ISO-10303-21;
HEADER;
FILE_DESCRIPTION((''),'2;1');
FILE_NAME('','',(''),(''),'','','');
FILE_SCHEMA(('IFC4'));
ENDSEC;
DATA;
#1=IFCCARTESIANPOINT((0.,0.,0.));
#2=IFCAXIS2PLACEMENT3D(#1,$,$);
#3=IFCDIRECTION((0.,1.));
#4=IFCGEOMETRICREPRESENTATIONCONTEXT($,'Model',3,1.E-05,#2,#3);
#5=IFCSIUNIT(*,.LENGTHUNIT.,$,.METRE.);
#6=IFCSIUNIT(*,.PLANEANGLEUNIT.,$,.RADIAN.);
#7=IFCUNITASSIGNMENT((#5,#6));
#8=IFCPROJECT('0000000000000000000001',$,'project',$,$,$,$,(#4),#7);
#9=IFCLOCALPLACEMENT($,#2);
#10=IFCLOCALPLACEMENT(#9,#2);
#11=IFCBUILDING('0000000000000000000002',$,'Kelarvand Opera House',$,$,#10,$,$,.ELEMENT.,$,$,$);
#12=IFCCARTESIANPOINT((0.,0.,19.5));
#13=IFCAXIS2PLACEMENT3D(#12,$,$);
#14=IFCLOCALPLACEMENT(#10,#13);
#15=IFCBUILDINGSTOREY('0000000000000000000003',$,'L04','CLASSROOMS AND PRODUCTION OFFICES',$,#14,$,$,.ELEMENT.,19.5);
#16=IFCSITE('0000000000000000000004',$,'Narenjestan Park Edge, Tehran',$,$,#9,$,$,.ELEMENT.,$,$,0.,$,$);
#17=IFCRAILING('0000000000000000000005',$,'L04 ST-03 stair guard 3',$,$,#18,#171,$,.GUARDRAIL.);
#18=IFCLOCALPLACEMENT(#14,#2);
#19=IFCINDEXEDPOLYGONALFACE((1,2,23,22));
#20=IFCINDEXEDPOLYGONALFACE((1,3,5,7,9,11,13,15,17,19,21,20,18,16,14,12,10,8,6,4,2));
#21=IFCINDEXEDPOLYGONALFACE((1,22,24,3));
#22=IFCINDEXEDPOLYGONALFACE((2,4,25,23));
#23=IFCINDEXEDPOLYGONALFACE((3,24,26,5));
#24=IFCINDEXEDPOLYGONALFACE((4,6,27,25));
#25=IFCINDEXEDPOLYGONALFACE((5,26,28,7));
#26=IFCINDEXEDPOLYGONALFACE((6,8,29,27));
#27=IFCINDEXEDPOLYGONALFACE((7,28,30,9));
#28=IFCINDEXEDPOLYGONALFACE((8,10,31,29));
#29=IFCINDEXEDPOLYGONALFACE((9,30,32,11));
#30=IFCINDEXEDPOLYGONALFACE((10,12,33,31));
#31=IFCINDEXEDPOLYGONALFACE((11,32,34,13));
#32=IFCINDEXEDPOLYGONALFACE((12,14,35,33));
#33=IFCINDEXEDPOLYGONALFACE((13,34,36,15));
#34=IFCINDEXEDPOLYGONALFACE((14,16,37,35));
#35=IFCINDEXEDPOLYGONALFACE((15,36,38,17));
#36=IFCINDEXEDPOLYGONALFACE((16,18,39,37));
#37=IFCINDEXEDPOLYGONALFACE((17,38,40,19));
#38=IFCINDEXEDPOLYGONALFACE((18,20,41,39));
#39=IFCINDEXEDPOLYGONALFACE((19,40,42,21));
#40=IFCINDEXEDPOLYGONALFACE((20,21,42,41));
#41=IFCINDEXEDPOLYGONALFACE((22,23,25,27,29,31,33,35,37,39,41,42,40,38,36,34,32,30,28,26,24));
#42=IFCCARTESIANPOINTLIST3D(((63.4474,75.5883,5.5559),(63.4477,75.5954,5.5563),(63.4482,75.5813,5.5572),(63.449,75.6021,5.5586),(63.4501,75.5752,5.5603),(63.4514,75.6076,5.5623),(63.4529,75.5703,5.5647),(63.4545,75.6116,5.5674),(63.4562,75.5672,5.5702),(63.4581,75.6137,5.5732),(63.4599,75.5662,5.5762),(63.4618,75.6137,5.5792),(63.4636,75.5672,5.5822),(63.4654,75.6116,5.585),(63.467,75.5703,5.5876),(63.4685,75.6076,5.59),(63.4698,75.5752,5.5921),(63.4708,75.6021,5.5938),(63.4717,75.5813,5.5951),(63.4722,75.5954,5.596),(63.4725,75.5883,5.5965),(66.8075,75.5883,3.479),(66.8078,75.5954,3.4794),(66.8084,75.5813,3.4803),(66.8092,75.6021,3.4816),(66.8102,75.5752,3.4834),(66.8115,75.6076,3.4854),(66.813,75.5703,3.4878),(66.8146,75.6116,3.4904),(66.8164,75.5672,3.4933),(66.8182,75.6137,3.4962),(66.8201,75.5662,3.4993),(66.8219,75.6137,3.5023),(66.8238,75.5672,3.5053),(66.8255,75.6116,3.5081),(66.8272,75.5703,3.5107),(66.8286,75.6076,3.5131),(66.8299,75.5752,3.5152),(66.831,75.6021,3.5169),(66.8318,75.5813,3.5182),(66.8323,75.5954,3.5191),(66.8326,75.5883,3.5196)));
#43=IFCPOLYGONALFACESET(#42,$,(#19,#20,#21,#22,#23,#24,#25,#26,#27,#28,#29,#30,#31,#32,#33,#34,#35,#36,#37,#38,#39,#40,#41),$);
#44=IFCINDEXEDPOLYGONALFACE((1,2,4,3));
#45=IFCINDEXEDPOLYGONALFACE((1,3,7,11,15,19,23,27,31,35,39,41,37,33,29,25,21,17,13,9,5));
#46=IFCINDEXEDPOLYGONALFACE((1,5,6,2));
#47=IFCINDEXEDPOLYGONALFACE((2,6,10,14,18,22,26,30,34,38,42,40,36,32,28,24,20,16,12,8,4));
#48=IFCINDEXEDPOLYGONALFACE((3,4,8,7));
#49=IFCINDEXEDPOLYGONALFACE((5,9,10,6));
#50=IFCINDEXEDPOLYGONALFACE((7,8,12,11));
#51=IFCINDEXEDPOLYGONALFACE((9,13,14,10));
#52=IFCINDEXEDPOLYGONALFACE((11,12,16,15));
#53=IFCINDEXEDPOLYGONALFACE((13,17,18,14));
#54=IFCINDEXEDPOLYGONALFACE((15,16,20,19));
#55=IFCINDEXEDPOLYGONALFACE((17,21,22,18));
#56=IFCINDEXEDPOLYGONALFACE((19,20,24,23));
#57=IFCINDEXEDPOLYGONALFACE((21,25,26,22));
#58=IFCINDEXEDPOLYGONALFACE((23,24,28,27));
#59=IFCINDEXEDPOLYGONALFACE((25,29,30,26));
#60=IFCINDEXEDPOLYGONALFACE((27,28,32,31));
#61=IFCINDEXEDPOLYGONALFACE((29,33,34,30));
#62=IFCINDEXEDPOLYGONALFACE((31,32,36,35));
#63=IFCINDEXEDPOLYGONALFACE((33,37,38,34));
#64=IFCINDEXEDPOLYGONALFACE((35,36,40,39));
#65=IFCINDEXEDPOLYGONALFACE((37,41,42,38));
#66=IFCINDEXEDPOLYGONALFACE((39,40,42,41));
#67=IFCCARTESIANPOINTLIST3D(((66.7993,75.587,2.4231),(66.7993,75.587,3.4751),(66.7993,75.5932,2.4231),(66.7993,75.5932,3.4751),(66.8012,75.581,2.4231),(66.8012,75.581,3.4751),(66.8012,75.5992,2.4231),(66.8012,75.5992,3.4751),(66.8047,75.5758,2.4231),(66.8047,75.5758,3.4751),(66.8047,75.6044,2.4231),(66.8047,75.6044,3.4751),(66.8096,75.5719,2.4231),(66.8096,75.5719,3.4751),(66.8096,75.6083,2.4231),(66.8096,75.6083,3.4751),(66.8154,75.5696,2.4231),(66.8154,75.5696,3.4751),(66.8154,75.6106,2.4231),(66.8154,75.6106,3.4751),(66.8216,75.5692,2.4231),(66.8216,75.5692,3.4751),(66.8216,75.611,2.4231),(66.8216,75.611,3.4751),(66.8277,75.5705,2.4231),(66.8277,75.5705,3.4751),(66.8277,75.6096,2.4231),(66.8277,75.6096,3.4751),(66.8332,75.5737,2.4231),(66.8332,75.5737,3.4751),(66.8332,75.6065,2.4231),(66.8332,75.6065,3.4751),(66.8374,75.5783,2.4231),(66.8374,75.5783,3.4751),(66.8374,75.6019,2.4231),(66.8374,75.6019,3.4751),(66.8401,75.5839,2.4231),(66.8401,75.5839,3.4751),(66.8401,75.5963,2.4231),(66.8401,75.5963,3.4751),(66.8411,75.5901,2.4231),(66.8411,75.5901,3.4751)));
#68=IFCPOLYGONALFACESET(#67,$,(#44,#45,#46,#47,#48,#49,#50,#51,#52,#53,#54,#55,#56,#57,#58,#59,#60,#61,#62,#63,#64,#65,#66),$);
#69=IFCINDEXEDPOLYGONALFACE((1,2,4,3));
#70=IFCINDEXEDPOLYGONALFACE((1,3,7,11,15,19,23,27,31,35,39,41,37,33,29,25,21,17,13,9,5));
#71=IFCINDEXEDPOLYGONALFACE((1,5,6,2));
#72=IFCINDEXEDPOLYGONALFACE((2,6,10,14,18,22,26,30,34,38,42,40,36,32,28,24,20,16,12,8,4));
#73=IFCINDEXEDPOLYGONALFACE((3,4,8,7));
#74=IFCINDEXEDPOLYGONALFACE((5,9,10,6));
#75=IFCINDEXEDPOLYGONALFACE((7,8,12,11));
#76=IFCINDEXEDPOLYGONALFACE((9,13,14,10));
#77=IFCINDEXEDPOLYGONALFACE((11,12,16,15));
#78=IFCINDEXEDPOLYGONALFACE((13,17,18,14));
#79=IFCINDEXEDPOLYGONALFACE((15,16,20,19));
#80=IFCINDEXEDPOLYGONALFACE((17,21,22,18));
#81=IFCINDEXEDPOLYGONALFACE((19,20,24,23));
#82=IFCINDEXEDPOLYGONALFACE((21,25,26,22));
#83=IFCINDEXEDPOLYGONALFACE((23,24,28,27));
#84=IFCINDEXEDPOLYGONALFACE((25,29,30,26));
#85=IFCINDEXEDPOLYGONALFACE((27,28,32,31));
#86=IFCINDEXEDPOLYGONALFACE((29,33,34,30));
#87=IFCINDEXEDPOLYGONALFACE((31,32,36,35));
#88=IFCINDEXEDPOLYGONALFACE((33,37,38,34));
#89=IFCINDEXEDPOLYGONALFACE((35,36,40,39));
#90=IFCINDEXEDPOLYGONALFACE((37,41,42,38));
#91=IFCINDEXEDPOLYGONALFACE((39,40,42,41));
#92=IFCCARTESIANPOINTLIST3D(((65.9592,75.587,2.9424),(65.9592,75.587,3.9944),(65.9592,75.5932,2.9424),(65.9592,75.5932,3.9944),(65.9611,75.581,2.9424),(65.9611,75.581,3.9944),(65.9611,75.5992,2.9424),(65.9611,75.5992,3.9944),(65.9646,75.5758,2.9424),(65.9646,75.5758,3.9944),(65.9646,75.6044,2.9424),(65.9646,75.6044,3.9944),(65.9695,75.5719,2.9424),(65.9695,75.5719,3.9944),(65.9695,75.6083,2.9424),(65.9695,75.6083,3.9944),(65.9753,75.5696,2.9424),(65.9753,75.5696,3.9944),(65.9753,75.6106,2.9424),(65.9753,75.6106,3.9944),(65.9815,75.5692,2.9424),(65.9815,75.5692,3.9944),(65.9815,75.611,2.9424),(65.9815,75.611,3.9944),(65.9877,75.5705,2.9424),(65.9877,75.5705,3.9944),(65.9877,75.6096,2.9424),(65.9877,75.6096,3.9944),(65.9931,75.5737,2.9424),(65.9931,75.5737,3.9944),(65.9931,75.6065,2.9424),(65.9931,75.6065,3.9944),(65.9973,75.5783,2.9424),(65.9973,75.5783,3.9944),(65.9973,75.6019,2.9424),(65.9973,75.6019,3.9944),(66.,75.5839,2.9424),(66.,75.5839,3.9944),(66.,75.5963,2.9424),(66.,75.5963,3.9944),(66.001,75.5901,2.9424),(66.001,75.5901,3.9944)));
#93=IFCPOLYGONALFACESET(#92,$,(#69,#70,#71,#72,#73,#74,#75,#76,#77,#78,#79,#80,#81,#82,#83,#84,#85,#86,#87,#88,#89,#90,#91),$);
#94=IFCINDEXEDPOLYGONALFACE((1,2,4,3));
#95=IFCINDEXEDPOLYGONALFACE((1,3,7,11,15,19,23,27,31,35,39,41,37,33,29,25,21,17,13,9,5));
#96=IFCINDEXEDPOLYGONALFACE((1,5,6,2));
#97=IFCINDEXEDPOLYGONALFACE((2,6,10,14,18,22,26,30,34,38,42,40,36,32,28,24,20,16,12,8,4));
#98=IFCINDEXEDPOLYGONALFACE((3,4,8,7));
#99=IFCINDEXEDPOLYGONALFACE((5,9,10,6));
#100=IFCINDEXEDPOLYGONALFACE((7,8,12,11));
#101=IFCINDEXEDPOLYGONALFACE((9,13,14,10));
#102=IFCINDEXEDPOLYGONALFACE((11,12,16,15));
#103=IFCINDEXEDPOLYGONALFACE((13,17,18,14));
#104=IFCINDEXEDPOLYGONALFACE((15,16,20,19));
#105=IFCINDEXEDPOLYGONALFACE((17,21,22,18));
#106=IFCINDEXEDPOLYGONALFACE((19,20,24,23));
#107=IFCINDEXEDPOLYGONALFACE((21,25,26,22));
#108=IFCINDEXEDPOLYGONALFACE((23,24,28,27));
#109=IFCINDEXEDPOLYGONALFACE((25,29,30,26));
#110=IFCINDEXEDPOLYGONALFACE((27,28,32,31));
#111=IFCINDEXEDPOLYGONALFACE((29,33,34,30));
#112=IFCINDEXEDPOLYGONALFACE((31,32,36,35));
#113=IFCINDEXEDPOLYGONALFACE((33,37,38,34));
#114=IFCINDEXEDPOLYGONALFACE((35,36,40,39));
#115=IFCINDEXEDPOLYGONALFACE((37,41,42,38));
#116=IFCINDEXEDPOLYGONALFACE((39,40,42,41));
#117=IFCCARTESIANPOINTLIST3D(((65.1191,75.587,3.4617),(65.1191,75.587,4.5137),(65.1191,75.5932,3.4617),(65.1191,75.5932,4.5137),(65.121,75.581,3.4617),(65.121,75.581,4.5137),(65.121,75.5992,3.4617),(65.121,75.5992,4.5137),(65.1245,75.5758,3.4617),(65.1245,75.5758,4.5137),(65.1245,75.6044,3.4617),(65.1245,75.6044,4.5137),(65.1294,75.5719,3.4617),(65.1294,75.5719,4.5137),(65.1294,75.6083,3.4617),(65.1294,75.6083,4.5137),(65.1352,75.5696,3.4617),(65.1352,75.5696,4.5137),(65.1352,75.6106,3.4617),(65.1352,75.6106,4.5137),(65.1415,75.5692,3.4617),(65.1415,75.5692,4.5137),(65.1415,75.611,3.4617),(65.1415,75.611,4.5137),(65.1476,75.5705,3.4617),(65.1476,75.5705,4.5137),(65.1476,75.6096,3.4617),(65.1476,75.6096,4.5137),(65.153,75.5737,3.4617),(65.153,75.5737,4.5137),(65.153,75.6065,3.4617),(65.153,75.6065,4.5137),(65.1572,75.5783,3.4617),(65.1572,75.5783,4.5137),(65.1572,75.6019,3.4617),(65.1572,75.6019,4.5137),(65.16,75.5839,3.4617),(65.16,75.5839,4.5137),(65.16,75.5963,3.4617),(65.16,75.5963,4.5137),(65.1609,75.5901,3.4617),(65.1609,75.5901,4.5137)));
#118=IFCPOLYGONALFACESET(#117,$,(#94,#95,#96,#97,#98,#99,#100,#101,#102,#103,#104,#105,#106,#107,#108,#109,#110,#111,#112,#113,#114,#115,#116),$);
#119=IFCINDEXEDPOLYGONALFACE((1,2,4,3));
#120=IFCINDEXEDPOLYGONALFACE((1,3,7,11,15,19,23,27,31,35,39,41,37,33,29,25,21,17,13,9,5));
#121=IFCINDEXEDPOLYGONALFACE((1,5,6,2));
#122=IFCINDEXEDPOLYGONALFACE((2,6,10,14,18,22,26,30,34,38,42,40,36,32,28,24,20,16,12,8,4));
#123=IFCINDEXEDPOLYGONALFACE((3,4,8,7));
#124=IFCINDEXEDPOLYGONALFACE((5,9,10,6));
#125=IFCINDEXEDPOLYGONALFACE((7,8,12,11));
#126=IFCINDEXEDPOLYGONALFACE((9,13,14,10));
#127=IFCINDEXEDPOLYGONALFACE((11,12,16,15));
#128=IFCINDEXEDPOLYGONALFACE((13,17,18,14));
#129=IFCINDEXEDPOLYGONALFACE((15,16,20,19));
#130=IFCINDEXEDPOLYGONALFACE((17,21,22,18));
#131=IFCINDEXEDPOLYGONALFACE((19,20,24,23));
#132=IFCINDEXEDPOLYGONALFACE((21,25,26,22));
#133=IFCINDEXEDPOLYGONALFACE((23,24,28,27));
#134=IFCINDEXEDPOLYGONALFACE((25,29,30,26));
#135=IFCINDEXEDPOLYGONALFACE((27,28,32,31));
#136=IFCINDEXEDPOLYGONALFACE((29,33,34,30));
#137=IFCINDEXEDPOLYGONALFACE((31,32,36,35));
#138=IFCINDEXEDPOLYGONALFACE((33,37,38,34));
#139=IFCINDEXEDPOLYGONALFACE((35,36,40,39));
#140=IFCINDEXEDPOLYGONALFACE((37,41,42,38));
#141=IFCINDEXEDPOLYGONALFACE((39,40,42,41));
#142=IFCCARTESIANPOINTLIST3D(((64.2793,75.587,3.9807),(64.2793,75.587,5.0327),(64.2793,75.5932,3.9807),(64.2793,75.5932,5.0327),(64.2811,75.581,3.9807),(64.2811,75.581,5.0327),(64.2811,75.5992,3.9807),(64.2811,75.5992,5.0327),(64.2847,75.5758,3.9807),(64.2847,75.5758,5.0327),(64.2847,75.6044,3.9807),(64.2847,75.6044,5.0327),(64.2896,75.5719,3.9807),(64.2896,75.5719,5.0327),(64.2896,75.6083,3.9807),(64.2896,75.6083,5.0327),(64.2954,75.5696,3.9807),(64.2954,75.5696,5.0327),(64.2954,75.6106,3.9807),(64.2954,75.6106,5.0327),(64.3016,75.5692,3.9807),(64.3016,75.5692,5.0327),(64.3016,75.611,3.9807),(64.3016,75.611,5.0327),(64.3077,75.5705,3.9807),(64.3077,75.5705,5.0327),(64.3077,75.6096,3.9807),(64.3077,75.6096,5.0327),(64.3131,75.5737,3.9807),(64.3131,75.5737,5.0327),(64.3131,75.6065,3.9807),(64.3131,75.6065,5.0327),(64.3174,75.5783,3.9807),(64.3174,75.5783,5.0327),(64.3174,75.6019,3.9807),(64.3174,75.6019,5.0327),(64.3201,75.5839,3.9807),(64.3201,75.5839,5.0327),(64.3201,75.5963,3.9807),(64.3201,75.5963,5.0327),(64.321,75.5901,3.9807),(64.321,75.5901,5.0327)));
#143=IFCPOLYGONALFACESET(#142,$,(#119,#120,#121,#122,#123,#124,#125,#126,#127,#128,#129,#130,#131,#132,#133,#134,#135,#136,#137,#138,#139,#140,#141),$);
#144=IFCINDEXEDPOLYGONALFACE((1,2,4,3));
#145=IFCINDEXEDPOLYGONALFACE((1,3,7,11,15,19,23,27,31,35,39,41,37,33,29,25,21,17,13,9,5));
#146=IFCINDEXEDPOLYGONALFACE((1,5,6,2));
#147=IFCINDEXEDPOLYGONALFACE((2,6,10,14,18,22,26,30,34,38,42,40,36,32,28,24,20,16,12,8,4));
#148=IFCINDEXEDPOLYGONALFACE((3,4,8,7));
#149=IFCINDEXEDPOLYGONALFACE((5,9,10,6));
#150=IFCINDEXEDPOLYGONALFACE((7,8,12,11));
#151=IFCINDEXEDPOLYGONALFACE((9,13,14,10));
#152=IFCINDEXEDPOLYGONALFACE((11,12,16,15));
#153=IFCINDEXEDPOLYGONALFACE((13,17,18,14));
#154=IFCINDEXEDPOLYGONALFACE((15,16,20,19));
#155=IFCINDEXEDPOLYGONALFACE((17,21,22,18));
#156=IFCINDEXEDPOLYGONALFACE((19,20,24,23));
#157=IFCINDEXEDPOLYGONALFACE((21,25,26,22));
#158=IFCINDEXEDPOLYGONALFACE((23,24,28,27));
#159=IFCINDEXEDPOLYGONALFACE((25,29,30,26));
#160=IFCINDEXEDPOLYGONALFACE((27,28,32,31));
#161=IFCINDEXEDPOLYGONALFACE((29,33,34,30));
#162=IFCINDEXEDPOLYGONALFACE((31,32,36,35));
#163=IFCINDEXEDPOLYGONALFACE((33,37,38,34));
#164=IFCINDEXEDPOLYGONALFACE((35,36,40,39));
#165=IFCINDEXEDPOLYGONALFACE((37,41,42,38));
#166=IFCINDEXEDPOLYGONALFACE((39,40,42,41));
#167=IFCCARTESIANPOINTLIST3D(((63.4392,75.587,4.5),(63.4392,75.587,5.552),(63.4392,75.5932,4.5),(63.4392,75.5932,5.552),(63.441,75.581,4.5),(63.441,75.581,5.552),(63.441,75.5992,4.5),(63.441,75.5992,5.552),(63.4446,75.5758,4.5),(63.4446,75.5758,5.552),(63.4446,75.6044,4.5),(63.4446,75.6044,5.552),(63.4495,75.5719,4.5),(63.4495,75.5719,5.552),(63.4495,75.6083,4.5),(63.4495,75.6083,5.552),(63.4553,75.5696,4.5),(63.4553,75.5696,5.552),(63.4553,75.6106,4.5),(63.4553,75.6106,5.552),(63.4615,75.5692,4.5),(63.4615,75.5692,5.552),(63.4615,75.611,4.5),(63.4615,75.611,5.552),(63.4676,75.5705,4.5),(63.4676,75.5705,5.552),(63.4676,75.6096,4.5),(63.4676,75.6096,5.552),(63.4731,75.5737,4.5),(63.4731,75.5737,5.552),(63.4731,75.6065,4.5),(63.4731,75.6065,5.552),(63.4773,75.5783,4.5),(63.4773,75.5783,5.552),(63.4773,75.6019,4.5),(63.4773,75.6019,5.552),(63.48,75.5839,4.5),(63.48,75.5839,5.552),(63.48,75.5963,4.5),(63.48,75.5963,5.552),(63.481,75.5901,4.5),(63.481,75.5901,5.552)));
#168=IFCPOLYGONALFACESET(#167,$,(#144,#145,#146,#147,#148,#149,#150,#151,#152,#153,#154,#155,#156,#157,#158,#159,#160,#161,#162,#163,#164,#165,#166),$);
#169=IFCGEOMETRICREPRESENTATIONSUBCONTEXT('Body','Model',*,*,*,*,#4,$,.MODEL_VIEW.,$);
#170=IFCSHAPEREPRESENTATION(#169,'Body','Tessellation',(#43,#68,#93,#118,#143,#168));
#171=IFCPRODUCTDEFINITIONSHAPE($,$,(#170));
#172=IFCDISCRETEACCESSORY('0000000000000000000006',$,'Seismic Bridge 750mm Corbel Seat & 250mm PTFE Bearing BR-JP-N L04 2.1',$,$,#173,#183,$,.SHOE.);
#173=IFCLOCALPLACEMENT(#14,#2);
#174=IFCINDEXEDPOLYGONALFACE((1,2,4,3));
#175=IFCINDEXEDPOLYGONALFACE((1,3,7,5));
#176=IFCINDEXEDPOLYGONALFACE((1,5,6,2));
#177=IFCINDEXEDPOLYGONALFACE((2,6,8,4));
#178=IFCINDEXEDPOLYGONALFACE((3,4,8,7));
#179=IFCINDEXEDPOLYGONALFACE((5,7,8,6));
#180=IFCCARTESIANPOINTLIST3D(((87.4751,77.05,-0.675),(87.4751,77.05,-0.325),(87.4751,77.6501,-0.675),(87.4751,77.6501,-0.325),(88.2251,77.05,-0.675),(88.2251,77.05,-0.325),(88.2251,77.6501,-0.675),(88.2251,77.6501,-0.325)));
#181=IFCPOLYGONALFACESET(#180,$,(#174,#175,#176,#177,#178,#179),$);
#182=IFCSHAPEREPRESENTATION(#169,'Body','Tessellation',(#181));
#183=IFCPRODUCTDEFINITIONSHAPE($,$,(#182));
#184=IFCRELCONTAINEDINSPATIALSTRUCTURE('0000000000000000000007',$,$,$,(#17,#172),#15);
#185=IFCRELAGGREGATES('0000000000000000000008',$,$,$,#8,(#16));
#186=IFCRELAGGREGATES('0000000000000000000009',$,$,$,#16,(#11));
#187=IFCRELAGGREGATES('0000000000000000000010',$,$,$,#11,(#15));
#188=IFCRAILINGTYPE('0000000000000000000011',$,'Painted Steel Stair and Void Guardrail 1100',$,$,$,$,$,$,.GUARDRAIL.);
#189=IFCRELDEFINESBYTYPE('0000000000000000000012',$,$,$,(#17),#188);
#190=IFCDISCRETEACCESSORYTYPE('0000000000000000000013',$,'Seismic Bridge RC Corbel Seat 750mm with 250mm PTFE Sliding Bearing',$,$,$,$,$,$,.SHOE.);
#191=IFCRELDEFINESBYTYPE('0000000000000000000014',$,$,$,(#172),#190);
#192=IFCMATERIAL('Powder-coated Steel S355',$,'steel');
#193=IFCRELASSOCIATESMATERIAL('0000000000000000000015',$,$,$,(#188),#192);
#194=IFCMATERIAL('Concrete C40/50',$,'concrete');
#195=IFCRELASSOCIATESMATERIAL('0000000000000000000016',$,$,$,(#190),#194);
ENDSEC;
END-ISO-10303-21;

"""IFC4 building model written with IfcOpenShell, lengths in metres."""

from ifc_helpers import new_model, si_unit, direction, frame, origin, origin_2d, place, context, subcontext, project, spatial, rectangle, circle, extrude, material, type_object, element, save


model = new_model("IFC4")

# Units and contexts
model_context = context("Model", 3, precision=1e-05, world=origin(), true_north=direction((0.0, 1.0)))
body_context = subcontext(model_context, "Body", "Model", "MODEL_VIEW")
ifc_project = project(units=[si_unit("LENGTHUNIT", "METRE"), si_unit("PLANEANGLEUNIT", "RADIAN")], contexts=[model_context])

# Site, building, storey
site_placement = place(None, origin())
site = spatial("IfcSite", under=ifc_project, at=site_placement, Name="Narenjestan Park Edge, Tehran", CompositionType="ELEMENT", RefElevation=0.0)
building_placement = place(site_placement, origin())
building = spatial("IfcBuilding", under=site, at=building_placement, Name="Kelarvand Opera House", CompositionType="ELEMENT")
storey_placement = place(building_placement, frame((0.0, 0.0, 19.5)))
storey = spatial("IfcBuildingStorey", under=building, at=storey_placement, Name="L04", Description="CLASSROOMS AND PRODUCTION OFFICES", CompositionType="ELEMENT", Elevation=19.5)

# Shared definitions
ifc_material_1 = material(Name="Concrete C40/50", Category="concrete")

# Railing
ifc_material_2 = material(Name="Powder-coated Steel S355", Category="steel")
railing_type_1 = type_object("IfcRailingType", Name="Painted Steel Stair and Void Guardrail 1100", PredefinedType="GUARDRAIL", material=ifc_material_2)
railing_1_placement = place(storey_placement, frame((66.8201, 75.5901, 2.4231)))
element("IfcRailing", 1, at=railing_1_placement, inside=storey, type_object=railing_type_1, Name="L04 ST-03 stair guard 3", PredefinedType="GUARDRAIL", context=body_context, shape_type="SweptSolid", body=[
    extrude(circle(Radius=0.0239, at=origin_2d()), frame((0.0, 0.0, 1.0762), z_axis=(-0.850623, 0.0, 0.525776), x_axis=(0.0, -1.0, 0.0)), (0.0, 0.0, 1.0), 3.9502),
    extrude(circle(Radius=0.021, at=origin_2d()), origin(), (0.0, 0.0, 1.0), 1.052),
    extrude(circle(Radius=0.021, at=origin_2d()), frame((-0.8401, 0.0, 0.5193)), (0.0, 0.0, 1.0), 1.052),
    extrude(circle(Radius=0.021, at=origin_2d()), frame((-1.6802, 0.0, 1.0386)), (0.0, 0.0, 1.0), 1.052),
    extrude(circle(Radius=0.021, at=origin_2d()), frame((-2.52, 0.0, 1.5576)), (0.0, 0.0, 1.0), 1.052),
    extrude(circle(Radius=0.021, at=origin_2d()), frame((-3.3601, 0.0, 2.0769)), (0.0, 0.0, 1.0), 1.052),
])

# Discrete accessory
discrete_accessory_type = type_object("IfcDiscreteAccessoryType", Name="Seismic Bridge RC Corbel Seat 750mm with 250mm PTFE Sliding Bearing", PredefinedType="SHOE", material=ifc_material_1)
discrete_accessory_placement = place(storey_placement, frame((87.8501, 77.3501, -0.675), z_axis=(0.0, 0.0, 1.0), x_axis=(1.0, 0.0, 0.0)))
element("IfcDiscreteAccessory", 2, at=discrete_accessory_placement, inside=storey, type_object=discrete_accessory_type, Name="Seismic Bridge 750mm Corbel Seat & 250mm PTFE Bearing BR-JP-N L04 2.1", PredefinedType="SHOE", context=body_context, shape_type="SweptSolid", body=[
    extrude(rectangle(XDim=0.75, YDim=0.6001, at=origin_2d()), origin(), (0.0, 0.0, 1.0), 0.3501),
])

save(model, "model.ifc")
